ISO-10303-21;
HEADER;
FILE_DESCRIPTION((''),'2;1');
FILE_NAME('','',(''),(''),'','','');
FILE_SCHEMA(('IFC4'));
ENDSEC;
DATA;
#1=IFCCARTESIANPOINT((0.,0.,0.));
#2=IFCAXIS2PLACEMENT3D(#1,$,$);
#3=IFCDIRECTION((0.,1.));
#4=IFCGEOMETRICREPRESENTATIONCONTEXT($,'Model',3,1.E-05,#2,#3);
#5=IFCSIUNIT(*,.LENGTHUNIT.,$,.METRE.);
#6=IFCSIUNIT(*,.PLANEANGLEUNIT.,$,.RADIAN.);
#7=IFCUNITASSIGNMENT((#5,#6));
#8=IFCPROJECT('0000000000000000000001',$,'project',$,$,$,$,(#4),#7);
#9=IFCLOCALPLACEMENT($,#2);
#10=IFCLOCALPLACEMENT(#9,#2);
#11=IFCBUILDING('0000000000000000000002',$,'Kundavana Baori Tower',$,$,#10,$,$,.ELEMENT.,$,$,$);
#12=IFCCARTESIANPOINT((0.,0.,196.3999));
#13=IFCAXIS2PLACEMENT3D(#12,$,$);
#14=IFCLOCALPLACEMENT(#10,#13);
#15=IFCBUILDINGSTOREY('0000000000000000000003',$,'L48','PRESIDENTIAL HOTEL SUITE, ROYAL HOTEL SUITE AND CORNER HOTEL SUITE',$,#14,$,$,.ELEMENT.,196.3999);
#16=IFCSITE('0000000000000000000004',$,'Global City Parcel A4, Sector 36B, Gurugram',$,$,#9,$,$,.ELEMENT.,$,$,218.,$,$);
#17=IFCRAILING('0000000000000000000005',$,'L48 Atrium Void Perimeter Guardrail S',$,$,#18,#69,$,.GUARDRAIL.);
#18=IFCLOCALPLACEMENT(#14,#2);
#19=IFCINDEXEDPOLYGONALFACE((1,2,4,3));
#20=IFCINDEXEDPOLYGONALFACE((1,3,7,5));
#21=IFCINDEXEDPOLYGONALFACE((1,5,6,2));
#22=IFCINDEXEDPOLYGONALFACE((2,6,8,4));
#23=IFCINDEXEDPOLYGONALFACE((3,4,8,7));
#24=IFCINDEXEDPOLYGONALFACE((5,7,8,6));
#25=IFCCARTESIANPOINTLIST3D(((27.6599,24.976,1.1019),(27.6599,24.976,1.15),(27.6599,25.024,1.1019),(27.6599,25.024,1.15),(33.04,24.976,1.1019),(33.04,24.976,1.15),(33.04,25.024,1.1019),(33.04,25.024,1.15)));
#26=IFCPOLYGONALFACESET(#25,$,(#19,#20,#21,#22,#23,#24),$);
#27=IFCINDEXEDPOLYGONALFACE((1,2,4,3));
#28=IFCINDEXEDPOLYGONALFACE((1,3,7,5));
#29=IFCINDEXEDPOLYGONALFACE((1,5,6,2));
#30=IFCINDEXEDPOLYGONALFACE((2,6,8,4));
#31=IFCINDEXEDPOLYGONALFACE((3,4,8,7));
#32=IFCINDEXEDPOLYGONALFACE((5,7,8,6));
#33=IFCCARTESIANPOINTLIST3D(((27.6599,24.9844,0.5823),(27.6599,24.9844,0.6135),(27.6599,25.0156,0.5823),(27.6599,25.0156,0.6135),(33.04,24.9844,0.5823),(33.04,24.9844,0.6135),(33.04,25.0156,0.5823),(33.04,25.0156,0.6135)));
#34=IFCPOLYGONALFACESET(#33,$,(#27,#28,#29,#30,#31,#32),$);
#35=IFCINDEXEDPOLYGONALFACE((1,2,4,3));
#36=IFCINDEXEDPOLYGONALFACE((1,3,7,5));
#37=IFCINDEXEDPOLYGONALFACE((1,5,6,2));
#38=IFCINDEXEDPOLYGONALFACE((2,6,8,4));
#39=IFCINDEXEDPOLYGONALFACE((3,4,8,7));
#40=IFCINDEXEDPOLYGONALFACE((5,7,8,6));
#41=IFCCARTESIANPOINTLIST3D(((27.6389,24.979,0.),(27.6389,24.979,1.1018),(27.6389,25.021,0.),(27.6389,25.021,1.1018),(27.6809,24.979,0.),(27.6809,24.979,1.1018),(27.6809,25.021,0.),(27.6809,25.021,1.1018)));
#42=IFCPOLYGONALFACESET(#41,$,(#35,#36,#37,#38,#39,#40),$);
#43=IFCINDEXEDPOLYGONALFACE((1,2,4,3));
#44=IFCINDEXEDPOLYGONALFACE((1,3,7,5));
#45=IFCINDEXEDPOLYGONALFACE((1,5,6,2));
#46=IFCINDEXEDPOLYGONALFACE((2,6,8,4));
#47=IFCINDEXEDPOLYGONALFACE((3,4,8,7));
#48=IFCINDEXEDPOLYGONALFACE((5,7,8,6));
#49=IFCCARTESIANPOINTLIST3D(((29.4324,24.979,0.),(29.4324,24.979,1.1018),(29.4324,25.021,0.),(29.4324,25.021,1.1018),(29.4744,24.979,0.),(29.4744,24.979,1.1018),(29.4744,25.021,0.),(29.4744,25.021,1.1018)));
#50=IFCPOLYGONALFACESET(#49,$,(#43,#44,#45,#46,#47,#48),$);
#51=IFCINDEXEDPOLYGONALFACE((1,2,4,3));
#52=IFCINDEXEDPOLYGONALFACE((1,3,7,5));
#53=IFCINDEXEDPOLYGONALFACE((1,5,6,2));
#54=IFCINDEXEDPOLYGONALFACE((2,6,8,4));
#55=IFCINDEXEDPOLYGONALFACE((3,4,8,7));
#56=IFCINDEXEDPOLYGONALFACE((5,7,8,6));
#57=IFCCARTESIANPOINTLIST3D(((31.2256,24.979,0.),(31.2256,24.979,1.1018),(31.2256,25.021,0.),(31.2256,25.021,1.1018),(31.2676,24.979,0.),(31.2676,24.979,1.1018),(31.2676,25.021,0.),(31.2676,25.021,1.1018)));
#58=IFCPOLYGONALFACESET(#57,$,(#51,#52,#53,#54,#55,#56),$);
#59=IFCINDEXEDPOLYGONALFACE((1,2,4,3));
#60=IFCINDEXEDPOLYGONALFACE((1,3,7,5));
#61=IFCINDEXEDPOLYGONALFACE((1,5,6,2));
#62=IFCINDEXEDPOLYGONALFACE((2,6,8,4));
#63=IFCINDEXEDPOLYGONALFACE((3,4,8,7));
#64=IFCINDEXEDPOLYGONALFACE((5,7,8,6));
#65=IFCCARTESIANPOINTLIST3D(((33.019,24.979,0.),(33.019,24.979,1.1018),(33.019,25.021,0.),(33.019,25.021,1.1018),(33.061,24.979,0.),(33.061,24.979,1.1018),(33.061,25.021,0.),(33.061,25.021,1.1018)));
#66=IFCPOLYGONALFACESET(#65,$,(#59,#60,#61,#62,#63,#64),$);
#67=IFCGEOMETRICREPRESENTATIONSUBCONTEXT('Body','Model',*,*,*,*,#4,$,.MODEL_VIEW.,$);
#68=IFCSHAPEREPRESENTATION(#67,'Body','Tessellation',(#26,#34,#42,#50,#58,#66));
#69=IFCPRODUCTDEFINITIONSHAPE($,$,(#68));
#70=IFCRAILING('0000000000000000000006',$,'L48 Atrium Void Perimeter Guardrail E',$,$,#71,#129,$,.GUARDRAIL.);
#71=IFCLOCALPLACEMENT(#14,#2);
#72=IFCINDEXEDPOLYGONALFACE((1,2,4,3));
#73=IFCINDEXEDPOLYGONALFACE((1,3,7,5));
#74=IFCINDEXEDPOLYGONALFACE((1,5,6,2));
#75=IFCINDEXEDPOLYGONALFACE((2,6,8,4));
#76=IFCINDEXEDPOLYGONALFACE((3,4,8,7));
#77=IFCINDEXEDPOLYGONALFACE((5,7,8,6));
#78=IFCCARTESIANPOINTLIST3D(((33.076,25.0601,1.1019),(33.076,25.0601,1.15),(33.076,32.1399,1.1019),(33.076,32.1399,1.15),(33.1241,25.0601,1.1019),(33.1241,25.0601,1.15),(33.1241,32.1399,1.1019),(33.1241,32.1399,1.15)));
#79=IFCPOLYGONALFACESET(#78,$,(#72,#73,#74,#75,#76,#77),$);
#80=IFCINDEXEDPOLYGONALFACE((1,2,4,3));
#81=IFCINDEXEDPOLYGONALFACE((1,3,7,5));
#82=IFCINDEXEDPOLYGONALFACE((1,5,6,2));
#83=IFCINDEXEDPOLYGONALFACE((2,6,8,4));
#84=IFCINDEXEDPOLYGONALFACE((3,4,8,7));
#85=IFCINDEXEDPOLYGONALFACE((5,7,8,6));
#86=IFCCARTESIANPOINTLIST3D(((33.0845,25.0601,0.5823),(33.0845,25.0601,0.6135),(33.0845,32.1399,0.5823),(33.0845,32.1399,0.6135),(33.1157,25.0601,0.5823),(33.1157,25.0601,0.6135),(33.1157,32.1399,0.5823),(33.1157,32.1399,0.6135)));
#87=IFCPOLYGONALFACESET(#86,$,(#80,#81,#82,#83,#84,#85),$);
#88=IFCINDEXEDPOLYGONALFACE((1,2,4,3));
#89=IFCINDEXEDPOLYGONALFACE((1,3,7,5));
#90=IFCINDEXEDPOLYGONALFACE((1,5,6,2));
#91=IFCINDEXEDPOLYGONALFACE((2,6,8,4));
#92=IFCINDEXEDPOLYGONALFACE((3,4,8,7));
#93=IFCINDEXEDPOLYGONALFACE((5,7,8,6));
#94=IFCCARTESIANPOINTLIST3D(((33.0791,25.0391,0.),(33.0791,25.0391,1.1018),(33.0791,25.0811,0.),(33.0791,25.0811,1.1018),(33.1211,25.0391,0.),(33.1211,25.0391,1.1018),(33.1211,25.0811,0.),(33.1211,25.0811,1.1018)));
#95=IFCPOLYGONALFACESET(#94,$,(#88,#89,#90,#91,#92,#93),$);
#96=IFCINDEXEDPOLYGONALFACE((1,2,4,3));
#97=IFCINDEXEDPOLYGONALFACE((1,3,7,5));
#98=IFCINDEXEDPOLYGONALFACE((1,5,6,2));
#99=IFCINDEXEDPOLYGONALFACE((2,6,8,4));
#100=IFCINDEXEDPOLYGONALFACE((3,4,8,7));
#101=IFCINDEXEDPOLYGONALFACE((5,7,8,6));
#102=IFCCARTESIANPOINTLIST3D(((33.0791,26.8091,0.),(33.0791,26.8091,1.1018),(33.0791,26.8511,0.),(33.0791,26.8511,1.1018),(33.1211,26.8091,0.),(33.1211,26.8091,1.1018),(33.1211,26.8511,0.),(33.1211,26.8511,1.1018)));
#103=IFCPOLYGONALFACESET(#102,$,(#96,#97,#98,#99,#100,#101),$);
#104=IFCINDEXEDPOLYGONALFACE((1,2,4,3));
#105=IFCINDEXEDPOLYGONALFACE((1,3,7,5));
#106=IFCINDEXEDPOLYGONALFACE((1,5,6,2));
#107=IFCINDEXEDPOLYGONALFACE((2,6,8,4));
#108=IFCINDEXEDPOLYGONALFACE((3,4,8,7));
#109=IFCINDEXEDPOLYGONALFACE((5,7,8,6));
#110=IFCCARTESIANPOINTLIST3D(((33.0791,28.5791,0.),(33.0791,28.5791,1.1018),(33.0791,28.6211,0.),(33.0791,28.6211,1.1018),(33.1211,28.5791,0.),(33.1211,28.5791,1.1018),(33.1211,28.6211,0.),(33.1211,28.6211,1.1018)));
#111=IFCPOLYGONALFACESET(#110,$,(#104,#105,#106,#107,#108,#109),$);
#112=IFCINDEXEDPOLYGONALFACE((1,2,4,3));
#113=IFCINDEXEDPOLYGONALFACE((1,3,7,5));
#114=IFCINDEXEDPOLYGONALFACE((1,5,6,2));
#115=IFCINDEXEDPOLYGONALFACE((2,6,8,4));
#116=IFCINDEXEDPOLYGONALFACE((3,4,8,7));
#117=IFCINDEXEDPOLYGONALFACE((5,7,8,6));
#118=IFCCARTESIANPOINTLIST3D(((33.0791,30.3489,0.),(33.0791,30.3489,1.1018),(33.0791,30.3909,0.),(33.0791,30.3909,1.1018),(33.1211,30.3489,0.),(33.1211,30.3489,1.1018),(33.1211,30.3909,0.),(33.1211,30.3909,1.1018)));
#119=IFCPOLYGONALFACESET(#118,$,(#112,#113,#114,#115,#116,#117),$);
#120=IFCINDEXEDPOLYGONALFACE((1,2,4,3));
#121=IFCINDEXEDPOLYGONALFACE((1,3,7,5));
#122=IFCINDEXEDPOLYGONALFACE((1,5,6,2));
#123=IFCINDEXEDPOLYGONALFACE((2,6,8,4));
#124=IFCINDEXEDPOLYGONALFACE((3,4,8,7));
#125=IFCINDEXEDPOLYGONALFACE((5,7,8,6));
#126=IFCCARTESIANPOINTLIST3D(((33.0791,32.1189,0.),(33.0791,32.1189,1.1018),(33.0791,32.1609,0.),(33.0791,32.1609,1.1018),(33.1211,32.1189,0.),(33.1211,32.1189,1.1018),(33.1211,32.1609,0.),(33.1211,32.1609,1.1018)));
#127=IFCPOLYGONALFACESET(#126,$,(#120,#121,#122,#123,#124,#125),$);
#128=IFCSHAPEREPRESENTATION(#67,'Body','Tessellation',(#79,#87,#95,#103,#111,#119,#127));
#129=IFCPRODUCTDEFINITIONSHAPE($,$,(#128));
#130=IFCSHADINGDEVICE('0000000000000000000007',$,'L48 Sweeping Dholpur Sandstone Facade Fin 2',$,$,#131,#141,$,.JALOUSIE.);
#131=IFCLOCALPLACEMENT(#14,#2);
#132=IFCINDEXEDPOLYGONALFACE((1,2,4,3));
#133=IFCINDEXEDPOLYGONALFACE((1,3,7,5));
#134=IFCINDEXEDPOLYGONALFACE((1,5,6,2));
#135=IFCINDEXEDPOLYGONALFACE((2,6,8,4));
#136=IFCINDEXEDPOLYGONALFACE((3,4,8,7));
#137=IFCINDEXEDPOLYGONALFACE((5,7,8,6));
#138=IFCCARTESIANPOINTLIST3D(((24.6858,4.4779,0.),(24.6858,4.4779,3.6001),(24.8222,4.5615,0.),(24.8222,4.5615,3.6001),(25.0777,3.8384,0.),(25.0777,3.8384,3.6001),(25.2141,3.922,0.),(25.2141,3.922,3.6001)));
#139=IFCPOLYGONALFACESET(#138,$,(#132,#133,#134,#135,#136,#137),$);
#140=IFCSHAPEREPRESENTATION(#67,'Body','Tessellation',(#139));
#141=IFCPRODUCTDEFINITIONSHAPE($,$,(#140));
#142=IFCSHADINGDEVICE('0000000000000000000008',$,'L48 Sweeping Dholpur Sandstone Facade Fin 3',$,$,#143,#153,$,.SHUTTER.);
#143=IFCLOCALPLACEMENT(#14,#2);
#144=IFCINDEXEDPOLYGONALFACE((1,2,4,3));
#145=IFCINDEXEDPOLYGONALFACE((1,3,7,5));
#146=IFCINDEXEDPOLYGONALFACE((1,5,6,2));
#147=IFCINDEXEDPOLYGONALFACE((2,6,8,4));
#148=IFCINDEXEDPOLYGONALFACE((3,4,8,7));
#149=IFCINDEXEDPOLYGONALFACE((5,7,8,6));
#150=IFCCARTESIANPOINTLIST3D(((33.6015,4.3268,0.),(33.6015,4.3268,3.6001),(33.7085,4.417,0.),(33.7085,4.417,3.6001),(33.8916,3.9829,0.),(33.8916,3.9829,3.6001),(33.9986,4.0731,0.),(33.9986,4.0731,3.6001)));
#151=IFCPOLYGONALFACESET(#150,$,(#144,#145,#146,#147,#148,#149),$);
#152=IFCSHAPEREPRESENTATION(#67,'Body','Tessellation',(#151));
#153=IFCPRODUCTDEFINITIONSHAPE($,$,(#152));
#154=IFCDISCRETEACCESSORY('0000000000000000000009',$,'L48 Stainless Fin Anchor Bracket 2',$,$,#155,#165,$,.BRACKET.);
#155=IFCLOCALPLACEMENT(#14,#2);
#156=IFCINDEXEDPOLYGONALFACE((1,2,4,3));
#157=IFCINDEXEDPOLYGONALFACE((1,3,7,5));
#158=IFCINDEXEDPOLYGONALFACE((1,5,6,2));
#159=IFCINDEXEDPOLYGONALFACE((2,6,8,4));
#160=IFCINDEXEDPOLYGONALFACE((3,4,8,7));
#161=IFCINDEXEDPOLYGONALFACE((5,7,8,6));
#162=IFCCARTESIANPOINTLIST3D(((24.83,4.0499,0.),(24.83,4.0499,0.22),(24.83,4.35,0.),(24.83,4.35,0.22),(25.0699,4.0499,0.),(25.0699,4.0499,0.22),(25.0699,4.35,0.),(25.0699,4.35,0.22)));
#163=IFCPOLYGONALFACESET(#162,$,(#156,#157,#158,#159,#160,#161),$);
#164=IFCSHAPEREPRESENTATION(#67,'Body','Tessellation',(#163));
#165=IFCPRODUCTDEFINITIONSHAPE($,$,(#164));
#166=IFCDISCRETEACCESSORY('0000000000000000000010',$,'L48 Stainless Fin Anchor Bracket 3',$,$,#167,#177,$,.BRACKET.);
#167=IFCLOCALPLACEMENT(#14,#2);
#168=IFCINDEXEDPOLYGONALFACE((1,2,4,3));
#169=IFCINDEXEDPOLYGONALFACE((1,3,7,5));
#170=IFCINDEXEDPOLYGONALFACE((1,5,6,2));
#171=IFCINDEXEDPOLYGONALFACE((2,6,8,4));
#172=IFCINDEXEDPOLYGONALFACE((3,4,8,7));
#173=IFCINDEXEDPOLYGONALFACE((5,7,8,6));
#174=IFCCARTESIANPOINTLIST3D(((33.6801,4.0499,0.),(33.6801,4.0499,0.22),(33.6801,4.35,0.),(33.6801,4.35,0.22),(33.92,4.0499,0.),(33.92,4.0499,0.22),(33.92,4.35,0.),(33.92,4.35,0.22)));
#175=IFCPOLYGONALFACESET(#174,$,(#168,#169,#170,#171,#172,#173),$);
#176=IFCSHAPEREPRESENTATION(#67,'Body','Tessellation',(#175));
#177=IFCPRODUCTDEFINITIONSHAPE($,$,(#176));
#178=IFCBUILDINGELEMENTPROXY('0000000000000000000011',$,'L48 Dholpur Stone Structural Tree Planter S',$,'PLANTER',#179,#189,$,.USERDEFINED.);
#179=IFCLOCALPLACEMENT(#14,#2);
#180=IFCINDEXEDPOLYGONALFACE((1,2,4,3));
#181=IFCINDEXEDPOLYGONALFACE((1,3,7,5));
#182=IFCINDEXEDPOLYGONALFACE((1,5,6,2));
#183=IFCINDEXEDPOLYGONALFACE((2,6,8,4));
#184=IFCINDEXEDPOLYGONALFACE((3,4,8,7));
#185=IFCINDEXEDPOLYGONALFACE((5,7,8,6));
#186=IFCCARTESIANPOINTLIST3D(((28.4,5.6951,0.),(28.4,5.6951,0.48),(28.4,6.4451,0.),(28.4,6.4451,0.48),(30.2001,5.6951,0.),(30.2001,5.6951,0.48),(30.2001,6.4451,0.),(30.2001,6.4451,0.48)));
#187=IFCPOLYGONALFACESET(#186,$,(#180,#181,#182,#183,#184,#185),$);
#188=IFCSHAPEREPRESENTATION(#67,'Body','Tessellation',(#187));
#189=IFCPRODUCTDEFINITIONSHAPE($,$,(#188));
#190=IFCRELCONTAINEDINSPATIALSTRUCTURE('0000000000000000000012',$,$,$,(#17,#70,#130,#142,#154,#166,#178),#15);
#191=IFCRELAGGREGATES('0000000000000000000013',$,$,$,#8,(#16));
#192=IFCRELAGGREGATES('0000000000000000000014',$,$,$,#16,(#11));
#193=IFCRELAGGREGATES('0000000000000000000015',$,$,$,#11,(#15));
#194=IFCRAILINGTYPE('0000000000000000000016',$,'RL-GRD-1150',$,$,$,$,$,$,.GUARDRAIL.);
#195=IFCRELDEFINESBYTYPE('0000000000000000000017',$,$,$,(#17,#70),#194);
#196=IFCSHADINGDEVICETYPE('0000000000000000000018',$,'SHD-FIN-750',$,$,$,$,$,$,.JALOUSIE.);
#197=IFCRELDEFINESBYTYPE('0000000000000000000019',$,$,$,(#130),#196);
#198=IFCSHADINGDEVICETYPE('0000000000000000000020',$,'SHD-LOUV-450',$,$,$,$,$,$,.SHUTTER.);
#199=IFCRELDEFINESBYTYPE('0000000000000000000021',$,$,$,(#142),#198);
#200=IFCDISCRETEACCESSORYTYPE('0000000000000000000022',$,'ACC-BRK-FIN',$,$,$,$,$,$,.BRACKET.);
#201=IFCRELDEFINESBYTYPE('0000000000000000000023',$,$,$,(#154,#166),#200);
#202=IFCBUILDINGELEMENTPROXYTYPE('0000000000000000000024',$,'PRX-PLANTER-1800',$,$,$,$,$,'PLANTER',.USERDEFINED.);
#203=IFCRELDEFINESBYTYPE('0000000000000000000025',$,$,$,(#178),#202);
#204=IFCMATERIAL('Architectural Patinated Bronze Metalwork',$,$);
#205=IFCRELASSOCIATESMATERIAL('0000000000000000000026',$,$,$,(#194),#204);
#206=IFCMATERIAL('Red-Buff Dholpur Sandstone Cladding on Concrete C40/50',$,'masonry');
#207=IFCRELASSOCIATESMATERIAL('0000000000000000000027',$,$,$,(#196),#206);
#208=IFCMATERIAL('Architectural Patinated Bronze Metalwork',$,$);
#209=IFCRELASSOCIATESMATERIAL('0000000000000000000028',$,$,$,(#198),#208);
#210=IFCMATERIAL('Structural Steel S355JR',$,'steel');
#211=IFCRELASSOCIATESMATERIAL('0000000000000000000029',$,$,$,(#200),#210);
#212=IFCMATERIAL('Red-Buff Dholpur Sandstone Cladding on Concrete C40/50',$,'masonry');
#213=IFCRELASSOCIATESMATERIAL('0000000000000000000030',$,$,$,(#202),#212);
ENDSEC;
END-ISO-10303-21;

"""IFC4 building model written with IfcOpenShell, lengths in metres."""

from ifc_helpers import new_model, si_unit, direction, frame, origin, origin_2d, place, context, subcontext, project, spatial, rectangle, extrude, material, type_object, element, save


model = new_model("IFC4")

# Units and contexts
model_context = context("Model", 3, precision=1e-05, world=origin(), true_north=direction((0.0, 1.0)))
body_context = subcontext(model_context, "Body", "Model", "MODEL_VIEW")
ifc_project = project(units=[si_unit("LENGTHUNIT", "METRE"), si_unit("PLANEANGLEUNIT", "RADIAN")], contexts=[model_context])

# Site, building, storey
site_placement = place(None, origin())
site = spatial("IfcSite", under=ifc_project, at=site_placement, Name="Global City Parcel A4, Sector 36B, Gurugram", CompositionType="ELEMENT", RefElevation=218.0)
building_placement = place(site_placement, origin())
building = spatial("IfcBuilding", under=site, at=building_placement, Name="Kundavana Baori Tower", CompositionType="ELEMENT")
storey_placement = place(building_placement, frame((0.0, 0.0, 196.3999)))
storey = spatial("IfcBuildingStorey", under=building, at=storey_placement, Name="L48", Description="PRESIDENTIAL HOTEL SUITE, ROYAL HOTEL SUITE AND CORNER HOTEL SUITE", CompositionType="ELEMENT", Elevation=196.3999)

# Railings
ifc_material_1 = material(Name="Architectural Patinated Bronze Metalwork")
railing_type = type_object("IfcRailingType", Name="RL-GRD-1150", PredefinedType="GUARDRAIL", material=ifc_material_1)
railing_1_placement = place(storey_placement, frame((27.6599, 25.0, 0.0)))
element("IfcRailing", 1, at=railing_1_placement, inside=storey, type_object=railing_type, Name="L48 Atrium Void Perimeter Guardrail S", PredefinedType="GUARDRAIL", context=body_context, shape_type="SweptSolid", body=[
    extrude(rectangle(XDim=0.0481, YDim=0.0481, at=origin_2d()), frame((0.0, 0.0, 1.126), z_axis=(1.0, 0.0, 0.0), x_axis=(0.0, 1.0, 0.0)), (0.0, 0.0, 1.0), 5.3801),
    extrude(rectangle(XDim=0.0312, YDim=0.0312, at=origin_2d()), frame((0.0, 0.0, 0.5979), z_axis=(1.0, 0.0, 0.0), x_axis=(0.0, 1.0, 0.0)), (0.0, 0.0, 1.0), 5.3801),
    extrude(rectangle(XDim=0.042, YDim=0.042, at=origin_2d()), origin(), (0.0, 0.0, 1.0), 1.1018),
    extrude(rectangle(XDim=0.042, YDim=0.042, at=origin_2d()), frame((1.7935, 0.0, 0.0)), (0.0, 0.0, 1.0), 1.1018),
    extrude(rectangle(XDim=0.042, YDim=0.042, at=origin_2d()), frame((3.5867, 0.0, 0.0)), (0.0, 0.0, 1.0), 1.1018),
    extrude(rectangle(XDim=0.042, YDim=0.042, at=origin_2d()), frame((5.3801, 0.0, 0.0)), (0.0, 0.0, 1.0), 1.1018),
])
railing_2_placement = place(storey_placement, frame((33.1001, 25.0601, 0.0)))
element("IfcRailing", 2, at=railing_2_placement, inside=storey, type_object=railing_type, Name="L48 Atrium Void Perimeter Guardrail E", PredefinedType="GUARDRAIL", context=body_context, shape_type="SweptSolid", body=[
    extrude(rectangle(XDim=0.0481, YDim=0.0481, at=origin_2d()), frame((0.0, 0.0, 1.126), z_axis=(0.0, 1.0, 0.0), x_axis=(-1.0, 0.0, 0.0)), (0.0, 0.0, 1.0), 7.0798),
    extrude(rectangle(XDim=0.0312, YDim=0.0312, at=origin_2d()), frame((0.0, 0.0, 0.5979), z_axis=(0.0, 1.0, 0.0), x_axis=(-1.0, 0.0, 0.0)), (0.0, 0.0, 1.0), 7.0798),
    extrude(rectangle(XDim=0.042, YDim=0.042, at=origin_2d()), origin(), (0.0, 0.0, 1.0), 1.1018),
    extrude(rectangle(XDim=0.042, YDim=0.042, at=origin_2d()), frame((0.0, 1.77, 0.0)), (0.0, 0.0, 1.0), 1.1018),
    extrude(rectangle(XDim=0.042, YDim=0.042, at=origin_2d()), frame((0.0, 3.54, 0.0)), (0.0, 0.0, 1.0), 1.1018),
    extrude(rectangle(XDim=0.042, YDim=0.042, at=origin_2d()), frame((0.0, 5.3098, 0.0)), (0.0, 0.0, 1.0), 1.1018),
    extrude(rectangle(XDim=0.042, YDim=0.042, at=origin_2d()), frame((0.0, 7.0798, 0.0)), (0.0, 0.0, 1.0), 1.1018),
])

# Shading devices
ifc_material_2 = material(Name="Red-Buff Dholpur Sandstone Cladding on Concrete C40/50", Category="masonry")
shading_device_type_1 = type_object("IfcShadingDeviceType", Name="SHD-FIN-750", PredefinedType="JALOUSIE", material=ifc_material_2)
shading_device_1_placement = place(storey_placement, frame((24.95, 4.2, 0.0), z_axis=(0.0, 0.0, 1.0), x_axis=(0.85264, 0.522499, 0.0)))
element("IfcShadingDevice", 3, at=shading_device_1_placement, inside=storey, type_object=shading_device_type_1, Name="L48 Sweeping Dholpur Sandstone Facade Fin 2", PredefinedType="JALOUSIE", context=body_context, shape_type="SweptSolid", body=[
    extrude(rectangle(XDim=0.1599, YDim=0.75, at=origin_2d()), origin(), (0.0, 0.0, 1.0), 3.6001),
])
ifc_material_3 = material(Name="Architectural Patinated Bronze Metalwork")
shading_device_type_2 = type_object("IfcShadingDeviceType", Name="SHD-LOUV-450", PredefinedType="SHUTTER", material=ifc_material_3)
shading_device_2_placement = place(storey_placement, frame((33.8, 4.2, 0.0), z_axis=(0.0, 0.0, 1.0), x_axis=(0.764472, 0.644657, 0.0)))
element("IfcShadingDevice", 4, at=shading_device_2_placement, inside=storey, type_object=shading_device_type_2, Name="L48 Sweeping Dholpur Sandstone Facade Fin 3", PredefinedType="SHUTTER", context=body_context, shape_type="SweptSolid", body=[
    extrude(rectangle(XDim=0.1399, YDim=0.45, at=origin_2d()), origin(), (0.0, 0.0, 1.0), 3.6001),
])

# Discrete accessories
ifc_material_4 = material(Name="Structural Steel S355JR", Category="steel")
discrete_accessory_type = type_object("IfcDiscreteAccessoryType", Name="ACC-BRK-FIN", PredefinedType="BRACKET", material=ifc_material_4)
for number, where, z_axis, x_axis, name in (
    (5, (24.95, 4.2, 0.0), (0.0, 0.0, 1.0), (1.0, 0.0, 0.0), "L48 Stainless Fin Anchor Bracket 2"),
    (6, (33.8, 4.2, 0.0), (0.0, 0.0, 1.0), (1.0, 0.0, 0.0), "L48 Stainless Fin Anchor Bracket 3"),
):
    element("IfcDiscreteAccessory", number, at=place(storey_placement, frame(where, z_axis=z_axis, x_axis=x_axis)), inside=storey, type_object=discrete_accessory_type, Name=name, PredefinedType="BRACKET", context=body_context, shape_type="SweptSolid", body=[
        extrude(rectangle(XDim=0.24, YDim=0.3, at=origin_2d()), origin(), (0.0, 0.0, 1.0), 0.22),
    ])

# Building element proxy
ifc_material_5 = material(Name="Red-Buff Dholpur Sandstone Cladding on Concrete C40/50", Category="masonry")
building_element_proxy_type = type_object("IfcBuildingElementProxyType", Name="PRX-PLANTER-1800", ElementType="PLANTER", PredefinedType="USERDEFINED", material=ifc_material_5)
proxy_placement = place(storey_placement, frame((29.3, 6.0701, 0.0), z_axis=(0.0, 0.0, 1.0), x_axis=(1.0, 0.0, 0.0)))
element("IfcBuildingElementProxy", 7, at=proxy_placement, inside=storey, type_object=building_element_proxy_type, Name="L48 Dholpur Stone Structural Tree Planter S", ObjectType="PLANTER", PredefinedType="USERDEFINED", context=body_context, shape_type="SweptSolid", body=[
    extrude(rectangle(XDim=1.8, YDim=0.75, at=origin_2d()), origin(), (0.0, 0.0, 1.0), 0.48),
])

save(model, "model.ifc")
